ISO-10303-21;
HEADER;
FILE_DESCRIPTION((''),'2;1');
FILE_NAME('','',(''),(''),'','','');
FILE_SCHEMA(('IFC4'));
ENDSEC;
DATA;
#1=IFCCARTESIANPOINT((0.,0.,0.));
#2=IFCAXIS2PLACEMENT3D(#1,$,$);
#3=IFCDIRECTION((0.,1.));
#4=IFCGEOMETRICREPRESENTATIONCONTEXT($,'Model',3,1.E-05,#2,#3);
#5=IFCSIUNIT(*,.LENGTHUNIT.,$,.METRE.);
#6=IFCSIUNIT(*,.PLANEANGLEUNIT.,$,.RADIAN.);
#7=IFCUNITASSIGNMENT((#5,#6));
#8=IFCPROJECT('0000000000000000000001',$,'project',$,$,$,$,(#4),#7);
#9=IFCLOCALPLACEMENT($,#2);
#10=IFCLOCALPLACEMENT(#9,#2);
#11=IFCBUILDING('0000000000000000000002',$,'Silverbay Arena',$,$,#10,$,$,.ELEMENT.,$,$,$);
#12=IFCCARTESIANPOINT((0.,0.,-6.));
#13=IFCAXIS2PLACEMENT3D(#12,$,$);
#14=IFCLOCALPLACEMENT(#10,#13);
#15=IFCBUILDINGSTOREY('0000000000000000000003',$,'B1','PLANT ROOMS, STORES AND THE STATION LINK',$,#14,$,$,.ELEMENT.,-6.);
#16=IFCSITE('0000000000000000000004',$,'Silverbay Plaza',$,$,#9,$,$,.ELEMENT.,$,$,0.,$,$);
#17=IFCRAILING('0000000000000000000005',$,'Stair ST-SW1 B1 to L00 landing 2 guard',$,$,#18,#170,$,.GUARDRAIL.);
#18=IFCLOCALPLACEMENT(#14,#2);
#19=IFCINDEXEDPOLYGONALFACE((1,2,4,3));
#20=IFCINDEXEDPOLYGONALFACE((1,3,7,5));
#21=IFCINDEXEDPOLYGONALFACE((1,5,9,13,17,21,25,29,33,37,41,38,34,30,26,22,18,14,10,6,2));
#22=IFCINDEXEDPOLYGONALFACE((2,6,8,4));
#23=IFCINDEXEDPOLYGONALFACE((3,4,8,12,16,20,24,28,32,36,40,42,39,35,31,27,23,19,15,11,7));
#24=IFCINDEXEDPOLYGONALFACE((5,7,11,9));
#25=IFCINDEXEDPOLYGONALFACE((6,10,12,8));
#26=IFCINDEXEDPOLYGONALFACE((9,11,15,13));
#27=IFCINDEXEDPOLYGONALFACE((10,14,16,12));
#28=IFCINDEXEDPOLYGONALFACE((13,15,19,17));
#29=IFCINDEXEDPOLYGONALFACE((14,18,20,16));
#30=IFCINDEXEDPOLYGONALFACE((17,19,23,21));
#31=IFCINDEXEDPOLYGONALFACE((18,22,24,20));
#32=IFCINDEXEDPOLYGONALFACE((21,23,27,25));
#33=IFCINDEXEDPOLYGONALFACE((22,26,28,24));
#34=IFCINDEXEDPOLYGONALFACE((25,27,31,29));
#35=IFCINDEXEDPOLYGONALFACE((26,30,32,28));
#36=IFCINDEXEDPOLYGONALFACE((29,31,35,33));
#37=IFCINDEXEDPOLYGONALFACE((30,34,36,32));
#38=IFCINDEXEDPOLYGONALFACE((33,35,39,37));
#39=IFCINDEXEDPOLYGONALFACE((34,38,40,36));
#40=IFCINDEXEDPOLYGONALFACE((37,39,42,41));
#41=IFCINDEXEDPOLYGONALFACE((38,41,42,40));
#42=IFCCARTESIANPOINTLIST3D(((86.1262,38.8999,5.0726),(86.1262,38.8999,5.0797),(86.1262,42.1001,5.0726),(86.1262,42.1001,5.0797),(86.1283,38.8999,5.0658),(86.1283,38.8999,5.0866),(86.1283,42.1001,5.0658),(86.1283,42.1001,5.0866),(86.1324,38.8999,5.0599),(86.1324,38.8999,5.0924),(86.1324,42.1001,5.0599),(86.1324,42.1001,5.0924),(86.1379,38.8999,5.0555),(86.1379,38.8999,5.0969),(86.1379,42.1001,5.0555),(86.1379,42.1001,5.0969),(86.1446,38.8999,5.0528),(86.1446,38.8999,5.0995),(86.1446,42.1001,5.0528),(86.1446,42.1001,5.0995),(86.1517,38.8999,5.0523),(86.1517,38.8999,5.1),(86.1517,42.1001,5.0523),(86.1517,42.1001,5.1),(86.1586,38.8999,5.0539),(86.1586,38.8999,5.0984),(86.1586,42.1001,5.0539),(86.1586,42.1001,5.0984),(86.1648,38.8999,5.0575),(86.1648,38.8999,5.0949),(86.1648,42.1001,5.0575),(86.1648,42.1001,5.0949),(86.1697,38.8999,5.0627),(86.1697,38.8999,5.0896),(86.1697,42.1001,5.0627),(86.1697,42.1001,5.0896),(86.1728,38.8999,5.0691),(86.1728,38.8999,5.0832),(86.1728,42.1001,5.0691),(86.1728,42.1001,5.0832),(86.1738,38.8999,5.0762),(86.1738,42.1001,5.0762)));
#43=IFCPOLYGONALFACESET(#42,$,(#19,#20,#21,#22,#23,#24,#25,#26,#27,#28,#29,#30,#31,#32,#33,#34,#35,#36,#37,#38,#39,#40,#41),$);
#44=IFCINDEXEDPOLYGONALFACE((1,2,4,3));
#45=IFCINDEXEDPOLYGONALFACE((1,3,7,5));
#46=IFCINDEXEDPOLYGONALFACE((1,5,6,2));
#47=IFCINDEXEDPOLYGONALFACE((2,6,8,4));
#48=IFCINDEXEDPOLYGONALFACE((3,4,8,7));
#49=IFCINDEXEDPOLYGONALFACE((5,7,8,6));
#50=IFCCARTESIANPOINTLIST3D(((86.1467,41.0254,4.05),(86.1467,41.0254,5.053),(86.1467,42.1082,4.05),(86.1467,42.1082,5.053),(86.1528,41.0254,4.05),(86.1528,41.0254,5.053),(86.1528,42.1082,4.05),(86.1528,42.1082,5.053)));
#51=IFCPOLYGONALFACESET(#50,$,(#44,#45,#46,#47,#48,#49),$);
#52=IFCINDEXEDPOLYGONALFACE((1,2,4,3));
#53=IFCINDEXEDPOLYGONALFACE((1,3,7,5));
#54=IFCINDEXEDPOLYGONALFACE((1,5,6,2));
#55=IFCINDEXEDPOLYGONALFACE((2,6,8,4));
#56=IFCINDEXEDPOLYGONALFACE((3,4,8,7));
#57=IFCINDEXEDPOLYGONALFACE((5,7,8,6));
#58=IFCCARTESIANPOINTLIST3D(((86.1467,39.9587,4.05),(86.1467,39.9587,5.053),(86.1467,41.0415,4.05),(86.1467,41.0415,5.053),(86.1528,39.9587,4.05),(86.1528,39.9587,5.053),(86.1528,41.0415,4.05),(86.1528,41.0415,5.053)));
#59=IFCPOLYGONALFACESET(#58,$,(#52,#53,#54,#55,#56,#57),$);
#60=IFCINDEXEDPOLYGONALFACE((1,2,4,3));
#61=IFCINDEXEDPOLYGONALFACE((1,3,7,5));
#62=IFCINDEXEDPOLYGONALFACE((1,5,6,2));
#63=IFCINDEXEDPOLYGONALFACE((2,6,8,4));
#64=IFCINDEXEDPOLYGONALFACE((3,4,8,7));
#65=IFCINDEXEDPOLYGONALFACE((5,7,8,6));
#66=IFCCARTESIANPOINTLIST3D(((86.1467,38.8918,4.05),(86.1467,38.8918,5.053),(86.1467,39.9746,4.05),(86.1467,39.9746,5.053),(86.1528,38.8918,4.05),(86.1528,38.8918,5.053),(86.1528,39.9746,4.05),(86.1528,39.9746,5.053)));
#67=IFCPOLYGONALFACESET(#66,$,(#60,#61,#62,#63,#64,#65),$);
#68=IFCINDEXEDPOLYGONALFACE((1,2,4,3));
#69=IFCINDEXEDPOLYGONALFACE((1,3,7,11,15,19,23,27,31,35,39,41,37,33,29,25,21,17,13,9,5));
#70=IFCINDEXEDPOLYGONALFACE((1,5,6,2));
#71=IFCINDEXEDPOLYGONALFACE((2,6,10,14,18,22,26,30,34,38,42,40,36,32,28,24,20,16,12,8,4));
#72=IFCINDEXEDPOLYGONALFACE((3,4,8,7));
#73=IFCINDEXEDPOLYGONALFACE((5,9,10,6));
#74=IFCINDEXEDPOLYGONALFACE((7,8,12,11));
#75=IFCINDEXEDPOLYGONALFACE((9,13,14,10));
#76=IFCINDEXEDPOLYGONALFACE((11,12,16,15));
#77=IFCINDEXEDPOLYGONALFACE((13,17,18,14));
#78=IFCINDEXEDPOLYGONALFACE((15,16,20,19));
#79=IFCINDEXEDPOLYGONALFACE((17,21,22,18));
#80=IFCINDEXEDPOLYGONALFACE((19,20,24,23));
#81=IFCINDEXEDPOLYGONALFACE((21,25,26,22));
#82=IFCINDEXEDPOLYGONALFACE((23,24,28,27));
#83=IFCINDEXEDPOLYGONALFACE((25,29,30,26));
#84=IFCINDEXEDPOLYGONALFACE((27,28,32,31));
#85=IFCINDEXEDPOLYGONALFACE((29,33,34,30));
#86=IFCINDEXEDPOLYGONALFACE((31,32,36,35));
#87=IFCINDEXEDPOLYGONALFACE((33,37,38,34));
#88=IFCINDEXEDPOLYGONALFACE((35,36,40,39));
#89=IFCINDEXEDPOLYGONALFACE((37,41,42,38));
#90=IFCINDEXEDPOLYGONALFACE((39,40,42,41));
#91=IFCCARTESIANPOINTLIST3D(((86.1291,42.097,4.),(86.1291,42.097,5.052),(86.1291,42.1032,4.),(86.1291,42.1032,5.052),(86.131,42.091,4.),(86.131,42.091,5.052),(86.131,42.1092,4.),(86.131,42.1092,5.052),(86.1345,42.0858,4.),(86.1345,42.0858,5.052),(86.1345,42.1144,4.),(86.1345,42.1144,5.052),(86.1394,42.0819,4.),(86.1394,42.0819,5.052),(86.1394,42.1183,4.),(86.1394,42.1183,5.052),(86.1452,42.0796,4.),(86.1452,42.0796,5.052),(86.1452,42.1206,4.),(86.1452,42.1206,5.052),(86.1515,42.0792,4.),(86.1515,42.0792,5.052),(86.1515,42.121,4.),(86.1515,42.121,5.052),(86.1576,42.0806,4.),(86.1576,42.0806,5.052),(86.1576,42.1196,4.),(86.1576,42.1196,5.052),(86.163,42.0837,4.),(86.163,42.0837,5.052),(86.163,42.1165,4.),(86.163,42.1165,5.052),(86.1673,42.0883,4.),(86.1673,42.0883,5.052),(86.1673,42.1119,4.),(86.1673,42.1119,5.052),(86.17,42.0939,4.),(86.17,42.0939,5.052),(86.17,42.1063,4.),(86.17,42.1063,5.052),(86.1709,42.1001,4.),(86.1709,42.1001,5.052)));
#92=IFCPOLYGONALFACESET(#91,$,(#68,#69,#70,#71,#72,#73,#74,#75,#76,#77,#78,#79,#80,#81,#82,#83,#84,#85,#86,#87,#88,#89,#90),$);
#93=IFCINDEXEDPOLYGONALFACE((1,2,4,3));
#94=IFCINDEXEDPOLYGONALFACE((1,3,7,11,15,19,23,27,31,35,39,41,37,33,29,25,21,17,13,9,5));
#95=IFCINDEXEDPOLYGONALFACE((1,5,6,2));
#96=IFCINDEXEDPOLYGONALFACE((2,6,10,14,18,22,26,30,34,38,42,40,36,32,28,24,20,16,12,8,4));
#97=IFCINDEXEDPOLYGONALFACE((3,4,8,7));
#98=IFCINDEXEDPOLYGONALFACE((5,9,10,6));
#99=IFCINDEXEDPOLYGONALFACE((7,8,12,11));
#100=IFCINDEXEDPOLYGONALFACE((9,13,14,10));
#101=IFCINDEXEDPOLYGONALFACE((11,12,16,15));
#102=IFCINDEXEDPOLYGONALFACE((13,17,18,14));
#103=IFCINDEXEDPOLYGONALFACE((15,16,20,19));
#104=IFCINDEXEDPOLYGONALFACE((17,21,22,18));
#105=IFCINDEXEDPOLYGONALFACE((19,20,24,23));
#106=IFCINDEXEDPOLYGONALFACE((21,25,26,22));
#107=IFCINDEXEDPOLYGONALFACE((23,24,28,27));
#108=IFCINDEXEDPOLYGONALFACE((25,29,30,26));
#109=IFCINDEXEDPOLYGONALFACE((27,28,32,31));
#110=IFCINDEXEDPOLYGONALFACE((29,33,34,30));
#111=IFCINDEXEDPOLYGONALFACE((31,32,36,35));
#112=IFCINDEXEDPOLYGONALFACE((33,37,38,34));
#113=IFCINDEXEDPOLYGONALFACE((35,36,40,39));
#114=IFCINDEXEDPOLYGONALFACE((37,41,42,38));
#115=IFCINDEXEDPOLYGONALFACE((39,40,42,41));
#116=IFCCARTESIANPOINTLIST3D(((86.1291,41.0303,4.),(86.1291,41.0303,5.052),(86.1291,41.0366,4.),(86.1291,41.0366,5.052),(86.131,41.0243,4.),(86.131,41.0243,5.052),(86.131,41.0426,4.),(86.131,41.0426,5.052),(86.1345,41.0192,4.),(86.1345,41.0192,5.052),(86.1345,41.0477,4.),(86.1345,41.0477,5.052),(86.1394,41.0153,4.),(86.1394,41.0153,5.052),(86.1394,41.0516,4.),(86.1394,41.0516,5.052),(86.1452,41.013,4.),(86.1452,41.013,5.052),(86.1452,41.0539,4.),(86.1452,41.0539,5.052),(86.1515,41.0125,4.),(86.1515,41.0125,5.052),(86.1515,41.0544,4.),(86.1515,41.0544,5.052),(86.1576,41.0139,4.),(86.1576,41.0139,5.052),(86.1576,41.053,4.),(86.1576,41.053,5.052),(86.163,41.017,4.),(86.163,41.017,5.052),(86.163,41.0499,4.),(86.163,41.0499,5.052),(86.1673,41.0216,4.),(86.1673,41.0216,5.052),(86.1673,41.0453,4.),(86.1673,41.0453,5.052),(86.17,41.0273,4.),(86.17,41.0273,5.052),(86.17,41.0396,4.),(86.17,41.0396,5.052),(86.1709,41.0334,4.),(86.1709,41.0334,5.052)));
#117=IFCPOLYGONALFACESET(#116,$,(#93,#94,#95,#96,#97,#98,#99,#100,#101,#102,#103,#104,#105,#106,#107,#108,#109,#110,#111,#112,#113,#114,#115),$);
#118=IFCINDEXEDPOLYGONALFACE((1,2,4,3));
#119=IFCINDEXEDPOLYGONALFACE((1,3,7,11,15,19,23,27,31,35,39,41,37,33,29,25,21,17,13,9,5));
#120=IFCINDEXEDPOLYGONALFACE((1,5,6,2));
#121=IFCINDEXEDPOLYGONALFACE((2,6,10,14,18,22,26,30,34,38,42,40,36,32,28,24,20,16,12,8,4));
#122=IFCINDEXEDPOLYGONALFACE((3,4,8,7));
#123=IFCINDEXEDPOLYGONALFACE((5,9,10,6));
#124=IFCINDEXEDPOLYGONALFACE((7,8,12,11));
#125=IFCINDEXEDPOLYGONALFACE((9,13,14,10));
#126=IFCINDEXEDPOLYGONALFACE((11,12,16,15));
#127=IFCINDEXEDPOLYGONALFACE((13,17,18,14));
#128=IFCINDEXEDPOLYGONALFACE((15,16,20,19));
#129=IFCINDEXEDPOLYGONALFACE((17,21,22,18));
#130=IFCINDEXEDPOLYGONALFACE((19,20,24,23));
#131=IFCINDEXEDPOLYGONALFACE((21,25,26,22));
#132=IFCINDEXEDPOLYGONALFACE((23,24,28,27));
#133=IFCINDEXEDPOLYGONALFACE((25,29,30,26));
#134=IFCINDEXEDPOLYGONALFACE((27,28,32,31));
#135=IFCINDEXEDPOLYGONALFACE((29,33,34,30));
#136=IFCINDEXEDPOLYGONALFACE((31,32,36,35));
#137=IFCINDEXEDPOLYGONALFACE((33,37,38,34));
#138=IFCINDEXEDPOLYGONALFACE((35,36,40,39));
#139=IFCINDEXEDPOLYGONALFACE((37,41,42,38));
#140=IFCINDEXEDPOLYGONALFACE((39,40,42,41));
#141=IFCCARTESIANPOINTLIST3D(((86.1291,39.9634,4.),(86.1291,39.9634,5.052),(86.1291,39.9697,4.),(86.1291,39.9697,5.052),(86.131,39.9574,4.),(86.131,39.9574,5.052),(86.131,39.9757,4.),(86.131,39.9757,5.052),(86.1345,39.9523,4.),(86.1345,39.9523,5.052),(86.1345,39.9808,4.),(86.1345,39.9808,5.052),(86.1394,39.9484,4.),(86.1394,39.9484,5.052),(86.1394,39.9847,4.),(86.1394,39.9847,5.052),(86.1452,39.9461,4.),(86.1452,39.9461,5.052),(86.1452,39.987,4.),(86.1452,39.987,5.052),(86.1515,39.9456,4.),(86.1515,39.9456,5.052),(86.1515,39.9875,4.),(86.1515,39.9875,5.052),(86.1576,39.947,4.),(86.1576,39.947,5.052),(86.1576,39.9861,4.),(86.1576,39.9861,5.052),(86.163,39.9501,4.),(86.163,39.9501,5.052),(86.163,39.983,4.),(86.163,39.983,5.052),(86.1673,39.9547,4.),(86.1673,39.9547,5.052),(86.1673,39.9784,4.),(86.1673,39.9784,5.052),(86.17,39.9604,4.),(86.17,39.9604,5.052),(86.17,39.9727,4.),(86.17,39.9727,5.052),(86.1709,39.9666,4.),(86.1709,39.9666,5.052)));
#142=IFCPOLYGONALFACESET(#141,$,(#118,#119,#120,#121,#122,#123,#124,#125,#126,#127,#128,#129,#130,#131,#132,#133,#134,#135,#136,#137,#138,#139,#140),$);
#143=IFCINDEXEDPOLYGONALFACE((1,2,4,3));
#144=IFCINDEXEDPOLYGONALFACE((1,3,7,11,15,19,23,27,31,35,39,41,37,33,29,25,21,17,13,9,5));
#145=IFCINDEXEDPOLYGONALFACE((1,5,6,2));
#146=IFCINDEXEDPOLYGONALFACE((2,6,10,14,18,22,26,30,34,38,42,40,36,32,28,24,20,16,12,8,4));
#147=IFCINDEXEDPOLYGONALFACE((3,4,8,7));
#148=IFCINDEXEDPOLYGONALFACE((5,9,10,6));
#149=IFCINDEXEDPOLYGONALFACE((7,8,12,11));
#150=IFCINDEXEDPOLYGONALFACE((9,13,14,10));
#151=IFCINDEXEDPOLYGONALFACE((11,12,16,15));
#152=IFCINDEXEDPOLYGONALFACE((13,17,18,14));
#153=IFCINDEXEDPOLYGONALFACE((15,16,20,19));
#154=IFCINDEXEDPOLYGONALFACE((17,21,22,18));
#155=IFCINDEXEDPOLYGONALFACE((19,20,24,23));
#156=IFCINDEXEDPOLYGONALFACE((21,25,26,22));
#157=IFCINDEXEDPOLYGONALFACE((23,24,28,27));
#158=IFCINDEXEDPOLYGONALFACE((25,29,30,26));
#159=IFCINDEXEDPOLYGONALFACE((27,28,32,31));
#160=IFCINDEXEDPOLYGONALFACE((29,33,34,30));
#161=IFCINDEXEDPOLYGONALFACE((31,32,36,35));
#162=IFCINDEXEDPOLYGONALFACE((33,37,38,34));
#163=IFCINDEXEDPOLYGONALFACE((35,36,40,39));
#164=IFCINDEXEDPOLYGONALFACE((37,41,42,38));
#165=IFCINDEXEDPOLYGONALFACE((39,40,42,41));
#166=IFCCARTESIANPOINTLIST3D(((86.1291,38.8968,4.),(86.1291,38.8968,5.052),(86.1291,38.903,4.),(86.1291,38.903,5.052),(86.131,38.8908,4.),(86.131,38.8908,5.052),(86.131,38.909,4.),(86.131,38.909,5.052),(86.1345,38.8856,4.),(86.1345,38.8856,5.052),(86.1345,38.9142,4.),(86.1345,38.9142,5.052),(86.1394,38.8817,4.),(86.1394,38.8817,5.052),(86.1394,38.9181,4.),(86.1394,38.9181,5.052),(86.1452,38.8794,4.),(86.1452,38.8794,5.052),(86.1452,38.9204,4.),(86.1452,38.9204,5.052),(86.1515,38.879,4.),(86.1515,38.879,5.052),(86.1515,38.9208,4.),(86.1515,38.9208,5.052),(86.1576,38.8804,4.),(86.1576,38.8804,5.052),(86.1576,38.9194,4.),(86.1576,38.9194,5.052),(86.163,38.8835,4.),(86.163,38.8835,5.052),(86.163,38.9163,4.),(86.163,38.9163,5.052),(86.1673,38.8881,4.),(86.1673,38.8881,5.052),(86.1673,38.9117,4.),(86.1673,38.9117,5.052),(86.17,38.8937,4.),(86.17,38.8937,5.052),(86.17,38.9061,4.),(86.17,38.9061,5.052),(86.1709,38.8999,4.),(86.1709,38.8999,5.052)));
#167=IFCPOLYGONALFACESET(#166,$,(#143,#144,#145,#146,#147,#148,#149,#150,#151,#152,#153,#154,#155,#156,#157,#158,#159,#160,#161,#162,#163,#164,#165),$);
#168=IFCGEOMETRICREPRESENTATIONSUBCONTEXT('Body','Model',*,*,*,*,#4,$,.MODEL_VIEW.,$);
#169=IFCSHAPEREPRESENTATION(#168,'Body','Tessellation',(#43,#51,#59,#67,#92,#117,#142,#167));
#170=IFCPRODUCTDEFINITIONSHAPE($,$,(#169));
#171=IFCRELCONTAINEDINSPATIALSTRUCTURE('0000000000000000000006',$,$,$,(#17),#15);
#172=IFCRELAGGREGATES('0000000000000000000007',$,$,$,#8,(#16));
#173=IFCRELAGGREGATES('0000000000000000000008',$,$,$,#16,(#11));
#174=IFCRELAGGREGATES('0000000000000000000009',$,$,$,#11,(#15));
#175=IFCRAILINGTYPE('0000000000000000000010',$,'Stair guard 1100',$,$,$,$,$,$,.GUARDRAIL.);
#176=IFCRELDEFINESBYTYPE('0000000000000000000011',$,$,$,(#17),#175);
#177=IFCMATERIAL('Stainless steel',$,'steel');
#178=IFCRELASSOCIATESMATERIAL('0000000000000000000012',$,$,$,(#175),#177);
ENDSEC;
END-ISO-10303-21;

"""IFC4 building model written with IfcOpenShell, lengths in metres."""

from ifc_helpers import new_model, si_unit, direction, frame, origin, origin_2d, place, context, subcontext, project, spatial, polyline, circle, outline, extrude, material, type_object, element, save


model = new_model("IFC4")

# Units and contexts
model_context = context("Model", 3, precision=1e-05, world=origin(), true_north=direction((0.0, 1.0)))
body_context = subcontext(model_context, "Body", "Model", "MODEL_VIEW")
ifc_project = project(units=[si_unit("LENGTHUNIT", "METRE"), si_unit("PLANEANGLEUNIT", "RADIAN")], contexts=[model_context])

# Site, building, storey
site_placement = place(None, origin())
site = spatial("IfcSite", under=ifc_project, at=site_placement, Name="Silverbay Plaza", CompositionType="ELEMENT", RefElevation=0.0)
building_placement = place(site_placement, origin())
building = spatial("IfcBuilding", under=site, at=building_placement, Name="Silverbay Arena", CompositionType="ELEMENT")
storey_placement = place(building_placement, frame((0.0, 0.0, -6.0)))
storey = spatial("IfcBuildingStorey", under=building, at=storey_placement, Name="B1", Description="PLANT ROOMS, STORES AND THE STATION LINK", CompositionType="ELEMENT", Elevation=-6.0)

# Railing
ifc_material_1 = material(Name="Stainless steel", Category="steel")
railing_type_1 = type_object("IfcRailingType", Name="Stair guard 1100", PredefinedType="GUARDRAIL", material=ifc_material_1)
for number, where, name in (
    (1, (86.1499, 42.1001, 4.0), "Stair ST-SW1 B1 to L00 landing 2 guard"),
):
    element("IfcRailing", number, at=place(storey_placement, frame(where)), inside=storey, type_object=railing_type_1, Name=name, PredefinedType="GUARDRAIL", context=body_context, shape_type="SweptSolid", body=[
        extrude(circle(Radius=0.0239, at=origin_2d()), frame((0.0, 0.0, 1.0762), z_axis=(0.0, -1.0, 0.0), x_axis=(1.0, 0.0, 0.0)), (0.0, 0.0, 1.0), 3.2002),
        extrude(outline(polyline([(-0.0081, 0.05), (1.0747, 0.05), (1.0747, 1.053), (-0.0081, 1.053), (-0.0081, 0.05)])), frame((0.0029, 0.0, 0.0), z_axis=(-1.0, 0.0, 0.0), x_axis=(0.0, -1.0, 0.0)), (0.0, 0.0, 1.0), 0.0061),
        extrude(outline(polyline([(-0.0081, 0.05), (1.0747, 0.05), (1.0747, 1.053), (-0.0081, 1.053), (-0.0081, 0.05)])), frame((0.0029, -1.0667, 0.0), z_axis=(-1.0, 0.0, 0.0), x_axis=(0.0, -1.0, 0.0)), (0.0, 0.0, 1.0), 0.0061),
        extrude(outline(polyline([(-0.0081, 0.05), (1.0747, 0.05), (1.0747, 1.053), (-0.0081, 1.053), (-0.0081, 0.05)])), frame((0.0029, -2.1335, 0.0), z_axis=(-1.0, 0.0, 0.0), x_axis=(0.0, -1.0, 0.0)), (0.0, 0.0, 1.0), 0.0061),
        extrude(circle(Radius=0.021, at=origin_2d()), origin(), (0.0, 0.0, 1.0), 1.052),
        extrude(circle(Radius=0.021, at=origin_2d()), frame((0.0, -1.0667, 0.0)), (0.0, 0.0, 1.0), 1.052),
        extrude(circle(Radius=0.021, at=origin_2d()), frame((0.0, -2.1335, 0.0)), (0.0, 0.0, 1.0), 1.052),
        extrude(circle(Radius=0.021, at=origin_2d()), frame((0.0, -3.2002, 0.0)), (0.0, 0.0, 1.0), 1.052),
    ])

save(model, "model.ifc")
